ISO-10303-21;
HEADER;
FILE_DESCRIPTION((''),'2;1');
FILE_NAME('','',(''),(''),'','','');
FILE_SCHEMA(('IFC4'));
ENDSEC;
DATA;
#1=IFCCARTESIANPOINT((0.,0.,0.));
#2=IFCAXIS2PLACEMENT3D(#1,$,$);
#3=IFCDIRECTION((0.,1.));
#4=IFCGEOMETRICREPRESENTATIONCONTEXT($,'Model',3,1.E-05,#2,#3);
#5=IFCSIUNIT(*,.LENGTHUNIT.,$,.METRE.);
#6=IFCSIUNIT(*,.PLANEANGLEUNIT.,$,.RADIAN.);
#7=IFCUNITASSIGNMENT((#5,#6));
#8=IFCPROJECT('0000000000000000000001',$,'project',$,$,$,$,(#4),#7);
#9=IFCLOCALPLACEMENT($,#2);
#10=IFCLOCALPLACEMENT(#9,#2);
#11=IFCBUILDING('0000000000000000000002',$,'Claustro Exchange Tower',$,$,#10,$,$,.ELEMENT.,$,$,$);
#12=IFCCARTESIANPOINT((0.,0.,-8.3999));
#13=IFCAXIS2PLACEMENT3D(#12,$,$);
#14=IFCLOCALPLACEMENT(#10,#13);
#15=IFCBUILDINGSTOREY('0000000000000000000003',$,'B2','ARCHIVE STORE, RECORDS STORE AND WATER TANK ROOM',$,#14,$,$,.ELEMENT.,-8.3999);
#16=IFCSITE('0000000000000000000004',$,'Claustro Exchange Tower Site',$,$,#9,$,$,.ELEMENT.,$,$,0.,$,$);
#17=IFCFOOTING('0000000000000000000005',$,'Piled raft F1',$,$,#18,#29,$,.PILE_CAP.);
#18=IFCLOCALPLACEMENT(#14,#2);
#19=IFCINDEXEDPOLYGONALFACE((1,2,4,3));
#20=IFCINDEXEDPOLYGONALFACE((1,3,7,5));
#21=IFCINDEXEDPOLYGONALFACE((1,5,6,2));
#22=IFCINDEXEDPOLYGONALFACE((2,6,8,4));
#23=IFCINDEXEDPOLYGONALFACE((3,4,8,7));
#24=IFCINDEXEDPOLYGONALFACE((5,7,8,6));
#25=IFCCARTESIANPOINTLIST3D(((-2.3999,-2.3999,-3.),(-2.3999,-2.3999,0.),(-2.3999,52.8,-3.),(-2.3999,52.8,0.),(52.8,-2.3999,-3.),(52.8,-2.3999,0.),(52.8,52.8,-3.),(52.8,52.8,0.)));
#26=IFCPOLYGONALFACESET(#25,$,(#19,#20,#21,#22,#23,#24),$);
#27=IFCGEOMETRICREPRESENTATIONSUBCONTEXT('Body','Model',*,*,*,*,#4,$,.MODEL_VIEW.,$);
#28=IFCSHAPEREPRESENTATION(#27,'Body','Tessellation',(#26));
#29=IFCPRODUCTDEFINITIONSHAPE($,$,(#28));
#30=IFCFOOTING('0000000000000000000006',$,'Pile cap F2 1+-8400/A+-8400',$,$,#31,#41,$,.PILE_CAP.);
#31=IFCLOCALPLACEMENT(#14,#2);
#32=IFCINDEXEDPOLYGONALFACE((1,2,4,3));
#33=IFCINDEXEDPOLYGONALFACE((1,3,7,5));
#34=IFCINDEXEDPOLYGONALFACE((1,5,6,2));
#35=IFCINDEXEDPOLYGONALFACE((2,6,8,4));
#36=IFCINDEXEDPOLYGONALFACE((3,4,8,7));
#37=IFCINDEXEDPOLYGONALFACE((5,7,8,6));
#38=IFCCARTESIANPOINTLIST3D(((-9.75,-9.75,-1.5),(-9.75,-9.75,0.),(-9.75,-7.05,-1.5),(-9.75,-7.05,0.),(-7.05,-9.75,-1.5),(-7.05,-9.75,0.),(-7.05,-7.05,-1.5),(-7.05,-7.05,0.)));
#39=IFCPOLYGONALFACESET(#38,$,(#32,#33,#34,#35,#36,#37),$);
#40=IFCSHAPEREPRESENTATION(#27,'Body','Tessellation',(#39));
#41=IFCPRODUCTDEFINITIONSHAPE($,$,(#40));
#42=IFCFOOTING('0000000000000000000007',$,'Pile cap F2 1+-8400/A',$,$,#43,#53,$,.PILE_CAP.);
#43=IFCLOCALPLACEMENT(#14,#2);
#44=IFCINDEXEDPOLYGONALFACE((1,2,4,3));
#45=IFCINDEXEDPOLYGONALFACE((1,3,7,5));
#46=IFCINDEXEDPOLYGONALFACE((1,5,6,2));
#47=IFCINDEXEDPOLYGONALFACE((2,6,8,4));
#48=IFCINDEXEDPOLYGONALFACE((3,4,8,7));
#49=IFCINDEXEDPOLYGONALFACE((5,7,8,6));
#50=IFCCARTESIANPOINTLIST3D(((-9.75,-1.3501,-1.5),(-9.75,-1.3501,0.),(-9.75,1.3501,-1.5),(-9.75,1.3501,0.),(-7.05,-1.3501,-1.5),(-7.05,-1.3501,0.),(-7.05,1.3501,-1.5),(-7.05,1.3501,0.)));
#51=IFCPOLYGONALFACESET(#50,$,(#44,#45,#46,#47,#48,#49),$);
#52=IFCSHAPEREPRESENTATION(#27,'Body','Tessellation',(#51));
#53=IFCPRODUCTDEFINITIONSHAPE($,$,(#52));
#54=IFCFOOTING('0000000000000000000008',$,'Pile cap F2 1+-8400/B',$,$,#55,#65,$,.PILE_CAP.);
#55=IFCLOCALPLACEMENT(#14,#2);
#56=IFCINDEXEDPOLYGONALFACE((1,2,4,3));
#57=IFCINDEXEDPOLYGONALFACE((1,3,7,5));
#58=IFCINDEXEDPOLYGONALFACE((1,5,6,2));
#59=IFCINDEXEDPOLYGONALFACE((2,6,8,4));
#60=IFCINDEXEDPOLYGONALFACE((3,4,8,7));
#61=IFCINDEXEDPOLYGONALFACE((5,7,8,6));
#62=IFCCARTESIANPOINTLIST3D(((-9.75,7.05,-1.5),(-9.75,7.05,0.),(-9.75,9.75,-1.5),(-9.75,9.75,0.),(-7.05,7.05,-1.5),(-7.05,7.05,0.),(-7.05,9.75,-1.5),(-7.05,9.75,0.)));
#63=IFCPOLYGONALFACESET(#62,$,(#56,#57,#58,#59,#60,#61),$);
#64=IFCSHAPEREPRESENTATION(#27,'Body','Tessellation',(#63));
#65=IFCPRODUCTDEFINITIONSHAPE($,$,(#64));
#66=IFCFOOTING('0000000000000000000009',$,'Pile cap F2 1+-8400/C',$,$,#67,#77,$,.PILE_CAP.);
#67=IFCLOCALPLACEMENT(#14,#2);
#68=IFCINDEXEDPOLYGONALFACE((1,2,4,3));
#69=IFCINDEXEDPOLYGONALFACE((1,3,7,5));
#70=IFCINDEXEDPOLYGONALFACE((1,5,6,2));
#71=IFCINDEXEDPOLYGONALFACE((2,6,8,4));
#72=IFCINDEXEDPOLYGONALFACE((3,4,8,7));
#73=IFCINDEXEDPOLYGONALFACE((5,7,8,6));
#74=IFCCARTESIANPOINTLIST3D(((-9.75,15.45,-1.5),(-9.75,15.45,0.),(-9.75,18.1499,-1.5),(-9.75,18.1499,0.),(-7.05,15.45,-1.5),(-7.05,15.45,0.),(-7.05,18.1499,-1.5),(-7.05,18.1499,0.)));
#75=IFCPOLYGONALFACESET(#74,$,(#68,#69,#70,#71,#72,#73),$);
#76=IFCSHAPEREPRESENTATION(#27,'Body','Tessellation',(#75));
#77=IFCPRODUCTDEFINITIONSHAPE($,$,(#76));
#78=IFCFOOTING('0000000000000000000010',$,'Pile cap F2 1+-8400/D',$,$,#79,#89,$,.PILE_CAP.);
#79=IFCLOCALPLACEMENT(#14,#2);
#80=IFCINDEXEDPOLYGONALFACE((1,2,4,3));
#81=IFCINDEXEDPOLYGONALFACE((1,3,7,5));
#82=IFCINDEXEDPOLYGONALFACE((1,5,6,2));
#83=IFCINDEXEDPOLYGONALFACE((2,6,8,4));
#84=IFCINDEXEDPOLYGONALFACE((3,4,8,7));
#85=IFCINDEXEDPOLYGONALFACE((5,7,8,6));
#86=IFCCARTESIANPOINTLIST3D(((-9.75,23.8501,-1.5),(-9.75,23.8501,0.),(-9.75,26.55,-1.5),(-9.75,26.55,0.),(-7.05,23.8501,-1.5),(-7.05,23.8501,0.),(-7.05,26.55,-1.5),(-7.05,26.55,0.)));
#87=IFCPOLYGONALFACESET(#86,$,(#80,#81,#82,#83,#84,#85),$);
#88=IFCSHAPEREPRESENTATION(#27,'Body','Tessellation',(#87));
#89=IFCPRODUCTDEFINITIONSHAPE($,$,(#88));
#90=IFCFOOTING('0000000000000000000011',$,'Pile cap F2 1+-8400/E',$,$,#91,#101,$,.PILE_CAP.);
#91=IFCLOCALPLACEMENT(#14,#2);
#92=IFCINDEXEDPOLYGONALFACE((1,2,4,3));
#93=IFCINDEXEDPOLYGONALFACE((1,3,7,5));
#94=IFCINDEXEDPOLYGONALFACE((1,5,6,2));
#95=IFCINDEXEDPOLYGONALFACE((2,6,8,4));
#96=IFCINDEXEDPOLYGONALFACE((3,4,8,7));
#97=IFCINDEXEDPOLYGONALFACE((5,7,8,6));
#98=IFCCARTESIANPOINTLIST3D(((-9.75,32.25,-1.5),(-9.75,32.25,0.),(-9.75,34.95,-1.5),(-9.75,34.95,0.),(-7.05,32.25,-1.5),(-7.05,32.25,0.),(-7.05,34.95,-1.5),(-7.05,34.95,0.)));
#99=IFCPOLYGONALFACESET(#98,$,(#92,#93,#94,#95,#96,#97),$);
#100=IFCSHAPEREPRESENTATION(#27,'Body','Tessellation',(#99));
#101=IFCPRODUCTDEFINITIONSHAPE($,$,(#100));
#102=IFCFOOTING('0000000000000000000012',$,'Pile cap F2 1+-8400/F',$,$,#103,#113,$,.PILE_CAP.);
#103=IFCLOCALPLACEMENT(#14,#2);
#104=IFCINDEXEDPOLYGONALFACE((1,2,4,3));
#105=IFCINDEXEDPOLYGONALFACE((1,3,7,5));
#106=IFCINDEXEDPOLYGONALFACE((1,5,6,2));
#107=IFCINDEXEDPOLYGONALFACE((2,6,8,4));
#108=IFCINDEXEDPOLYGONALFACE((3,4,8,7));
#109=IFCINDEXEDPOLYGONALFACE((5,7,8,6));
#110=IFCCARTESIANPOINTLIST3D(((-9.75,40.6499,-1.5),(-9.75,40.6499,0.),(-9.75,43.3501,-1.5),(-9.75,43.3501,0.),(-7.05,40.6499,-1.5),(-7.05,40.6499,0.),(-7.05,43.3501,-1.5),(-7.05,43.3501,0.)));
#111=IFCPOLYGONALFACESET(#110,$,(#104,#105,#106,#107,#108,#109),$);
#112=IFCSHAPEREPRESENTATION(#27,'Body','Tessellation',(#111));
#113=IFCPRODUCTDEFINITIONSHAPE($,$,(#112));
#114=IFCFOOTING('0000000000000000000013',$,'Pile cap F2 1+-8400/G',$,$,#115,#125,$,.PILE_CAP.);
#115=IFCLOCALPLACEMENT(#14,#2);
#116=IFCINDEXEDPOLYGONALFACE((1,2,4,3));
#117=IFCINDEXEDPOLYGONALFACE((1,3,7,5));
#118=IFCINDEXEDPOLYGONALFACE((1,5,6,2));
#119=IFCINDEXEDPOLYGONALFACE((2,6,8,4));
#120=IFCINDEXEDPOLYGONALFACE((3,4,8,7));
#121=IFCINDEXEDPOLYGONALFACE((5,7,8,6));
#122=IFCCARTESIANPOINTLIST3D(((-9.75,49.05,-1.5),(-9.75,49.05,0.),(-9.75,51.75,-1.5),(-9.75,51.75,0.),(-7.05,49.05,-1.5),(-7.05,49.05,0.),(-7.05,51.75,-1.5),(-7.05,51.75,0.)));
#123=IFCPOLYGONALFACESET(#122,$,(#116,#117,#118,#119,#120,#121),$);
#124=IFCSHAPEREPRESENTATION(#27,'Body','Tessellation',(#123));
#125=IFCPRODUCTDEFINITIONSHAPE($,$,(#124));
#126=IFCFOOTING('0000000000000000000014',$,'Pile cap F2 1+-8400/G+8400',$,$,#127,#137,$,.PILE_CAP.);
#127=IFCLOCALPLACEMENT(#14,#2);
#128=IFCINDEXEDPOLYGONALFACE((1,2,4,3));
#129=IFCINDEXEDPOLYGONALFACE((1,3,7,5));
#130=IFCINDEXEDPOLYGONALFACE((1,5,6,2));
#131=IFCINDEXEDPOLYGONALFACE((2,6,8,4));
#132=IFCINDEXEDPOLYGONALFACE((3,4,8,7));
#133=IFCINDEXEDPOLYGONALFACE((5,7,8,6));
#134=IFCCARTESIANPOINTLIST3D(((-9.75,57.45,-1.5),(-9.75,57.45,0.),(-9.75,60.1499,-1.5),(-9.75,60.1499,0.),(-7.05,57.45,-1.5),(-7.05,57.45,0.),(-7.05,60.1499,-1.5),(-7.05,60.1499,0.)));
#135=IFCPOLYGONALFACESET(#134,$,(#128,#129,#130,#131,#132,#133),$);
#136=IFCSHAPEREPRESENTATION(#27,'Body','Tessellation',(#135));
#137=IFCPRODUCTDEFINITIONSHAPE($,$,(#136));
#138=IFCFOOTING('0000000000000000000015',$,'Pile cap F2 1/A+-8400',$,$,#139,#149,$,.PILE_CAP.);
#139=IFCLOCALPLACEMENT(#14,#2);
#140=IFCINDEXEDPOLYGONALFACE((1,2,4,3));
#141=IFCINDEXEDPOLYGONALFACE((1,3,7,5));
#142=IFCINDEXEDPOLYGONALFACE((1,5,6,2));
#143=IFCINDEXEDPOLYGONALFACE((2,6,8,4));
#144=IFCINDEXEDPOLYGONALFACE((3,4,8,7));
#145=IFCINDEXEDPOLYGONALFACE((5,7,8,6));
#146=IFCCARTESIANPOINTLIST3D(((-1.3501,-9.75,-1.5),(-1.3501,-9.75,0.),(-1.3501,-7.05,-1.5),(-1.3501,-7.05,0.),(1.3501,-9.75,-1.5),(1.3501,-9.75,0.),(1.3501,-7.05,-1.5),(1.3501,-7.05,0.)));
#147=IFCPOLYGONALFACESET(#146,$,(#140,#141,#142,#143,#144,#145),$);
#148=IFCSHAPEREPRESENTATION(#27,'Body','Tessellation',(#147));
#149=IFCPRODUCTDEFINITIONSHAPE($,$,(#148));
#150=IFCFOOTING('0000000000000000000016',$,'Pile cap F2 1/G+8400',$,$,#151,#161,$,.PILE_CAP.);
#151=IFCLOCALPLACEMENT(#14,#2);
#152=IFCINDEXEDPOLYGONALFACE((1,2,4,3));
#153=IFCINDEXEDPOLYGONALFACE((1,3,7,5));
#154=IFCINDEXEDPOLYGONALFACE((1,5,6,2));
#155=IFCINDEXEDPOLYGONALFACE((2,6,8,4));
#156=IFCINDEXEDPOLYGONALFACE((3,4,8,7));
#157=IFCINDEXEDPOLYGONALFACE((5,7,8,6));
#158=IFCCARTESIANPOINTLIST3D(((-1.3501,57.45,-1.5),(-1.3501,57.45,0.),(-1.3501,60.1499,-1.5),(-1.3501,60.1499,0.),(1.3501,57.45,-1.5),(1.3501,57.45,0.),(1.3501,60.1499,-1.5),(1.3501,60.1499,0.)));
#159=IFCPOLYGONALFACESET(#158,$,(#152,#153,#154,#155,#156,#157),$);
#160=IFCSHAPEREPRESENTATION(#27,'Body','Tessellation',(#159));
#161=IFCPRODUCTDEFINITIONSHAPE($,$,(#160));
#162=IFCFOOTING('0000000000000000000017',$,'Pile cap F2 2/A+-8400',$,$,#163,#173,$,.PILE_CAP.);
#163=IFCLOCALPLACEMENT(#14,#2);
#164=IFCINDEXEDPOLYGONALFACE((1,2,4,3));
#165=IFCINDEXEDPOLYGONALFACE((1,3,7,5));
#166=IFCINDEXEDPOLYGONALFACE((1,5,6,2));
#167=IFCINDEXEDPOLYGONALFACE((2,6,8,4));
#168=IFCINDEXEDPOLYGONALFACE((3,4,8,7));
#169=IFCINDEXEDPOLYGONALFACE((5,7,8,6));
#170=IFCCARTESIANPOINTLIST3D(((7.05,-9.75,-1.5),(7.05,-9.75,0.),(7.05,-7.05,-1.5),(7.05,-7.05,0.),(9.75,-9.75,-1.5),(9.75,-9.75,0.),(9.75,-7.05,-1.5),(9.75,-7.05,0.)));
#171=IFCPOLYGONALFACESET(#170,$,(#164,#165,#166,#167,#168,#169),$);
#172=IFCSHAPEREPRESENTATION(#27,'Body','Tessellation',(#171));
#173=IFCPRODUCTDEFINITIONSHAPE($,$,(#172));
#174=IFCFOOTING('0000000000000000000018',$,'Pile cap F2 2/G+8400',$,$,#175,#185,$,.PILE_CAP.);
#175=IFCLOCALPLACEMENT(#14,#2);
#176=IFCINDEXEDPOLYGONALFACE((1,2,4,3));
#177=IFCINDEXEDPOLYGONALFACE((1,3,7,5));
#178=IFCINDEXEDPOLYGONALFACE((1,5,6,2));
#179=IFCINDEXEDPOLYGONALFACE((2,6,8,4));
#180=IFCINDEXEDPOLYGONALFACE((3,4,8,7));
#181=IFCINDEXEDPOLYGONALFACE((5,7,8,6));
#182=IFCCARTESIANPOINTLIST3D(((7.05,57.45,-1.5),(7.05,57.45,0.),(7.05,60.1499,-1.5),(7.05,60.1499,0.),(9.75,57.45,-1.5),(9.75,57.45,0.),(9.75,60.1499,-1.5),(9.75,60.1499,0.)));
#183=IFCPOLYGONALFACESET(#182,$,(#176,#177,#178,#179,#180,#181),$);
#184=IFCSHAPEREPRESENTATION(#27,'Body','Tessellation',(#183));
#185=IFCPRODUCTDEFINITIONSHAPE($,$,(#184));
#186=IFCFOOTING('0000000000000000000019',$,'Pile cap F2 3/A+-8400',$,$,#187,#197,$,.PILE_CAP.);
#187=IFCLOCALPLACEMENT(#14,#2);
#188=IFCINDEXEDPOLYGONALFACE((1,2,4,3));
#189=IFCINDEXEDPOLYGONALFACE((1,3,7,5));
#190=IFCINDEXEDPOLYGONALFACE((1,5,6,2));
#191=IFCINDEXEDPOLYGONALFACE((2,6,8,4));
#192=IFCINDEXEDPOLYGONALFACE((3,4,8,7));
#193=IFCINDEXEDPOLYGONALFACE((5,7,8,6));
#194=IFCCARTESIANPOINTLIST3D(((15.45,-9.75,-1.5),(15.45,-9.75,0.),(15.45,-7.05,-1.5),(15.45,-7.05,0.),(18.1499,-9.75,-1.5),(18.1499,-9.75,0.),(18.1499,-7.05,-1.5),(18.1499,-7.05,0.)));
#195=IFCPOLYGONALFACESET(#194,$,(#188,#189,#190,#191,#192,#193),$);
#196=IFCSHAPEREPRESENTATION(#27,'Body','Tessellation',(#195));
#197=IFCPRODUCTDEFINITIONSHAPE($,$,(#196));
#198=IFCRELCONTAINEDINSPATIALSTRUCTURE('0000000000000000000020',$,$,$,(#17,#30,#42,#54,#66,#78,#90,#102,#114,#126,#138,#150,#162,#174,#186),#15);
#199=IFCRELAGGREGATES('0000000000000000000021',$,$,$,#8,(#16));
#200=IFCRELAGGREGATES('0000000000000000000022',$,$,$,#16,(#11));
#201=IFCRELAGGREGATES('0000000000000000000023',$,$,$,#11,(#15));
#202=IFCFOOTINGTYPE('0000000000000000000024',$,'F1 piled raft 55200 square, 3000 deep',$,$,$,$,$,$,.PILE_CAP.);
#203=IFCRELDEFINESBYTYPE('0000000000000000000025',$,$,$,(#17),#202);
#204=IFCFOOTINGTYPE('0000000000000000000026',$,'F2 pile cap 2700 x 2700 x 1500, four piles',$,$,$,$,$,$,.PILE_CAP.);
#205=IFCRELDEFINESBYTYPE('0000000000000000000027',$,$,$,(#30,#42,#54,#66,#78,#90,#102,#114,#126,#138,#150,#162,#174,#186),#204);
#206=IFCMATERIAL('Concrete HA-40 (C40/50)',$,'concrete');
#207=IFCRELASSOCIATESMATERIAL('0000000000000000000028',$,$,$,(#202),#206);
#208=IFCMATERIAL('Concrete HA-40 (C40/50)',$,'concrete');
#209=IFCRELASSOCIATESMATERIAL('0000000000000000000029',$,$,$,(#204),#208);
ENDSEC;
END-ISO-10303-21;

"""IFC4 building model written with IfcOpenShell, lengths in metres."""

from ifc_helpers import new_model, si_unit, direction, frame, origin, place, context, subcontext, project, spatial, polyline, outline, extrude, material, type_object, element, save


model = new_model("IFC4")

# Units and contexts
model_context = context("Model", 3, precision=1e-05, world=origin(), true_north=direction((0.0, 1.0)))
body_context = subcontext(model_context, "Body", "Model", "MODEL_VIEW")
ifc_project = project(units=[si_unit("LENGTHUNIT", "METRE"), si_unit("PLANEANGLEUNIT", "RADIAN")], contexts=[model_context])

# Site, building, storey
site_placement = place(None, origin())
site = spatial("IfcSite", under=ifc_project, at=site_placement, Name="Claustro Exchange Tower Site", CompositionType="ELEMENT", RefElevation=0.0)
building_placement = place(site_placement, origin())
building = spatial("IfcBuilding", under=site, at=building_placement, Name="Claustro Exchange Tower", CompositionType="ELEMENT")
storey_placement = place(building_placement, frame((0.0, 0.0, -8.3999)))
storey = spatial("IfcBuildingStorey", under=building, at=storey_placement, Name="B2", Description="ARCHIVE STORE, RECORDS STORE AND WATER TANK ROOM", CompositionType="ELEMENT", Elevation=-8.3999)

# Footings
ifc_material_1 = material(Name="Concrete HA-40 (C40/50)", Category="concrete")
footing_type_1 = type_object("IfcFootingType", Name="F1 piled raft 55200 square, 3000 deep", PredefinedType="PILE_CAP", material=ifc_material_1)
footing_1_placement = place(storey_placement, frame((0.0, 0.0, -3.0)))
element("IfcFooting", 1, at=footing_1_placement, inside=storey, type_object=footing_type_1, Name="Piled raft F1", PredefinedType="PILE_CAP", context=body_context, shape_type="SweptSolid", body=[
    extrude(outline(polyline([(52.8, -2.3999), (52.8, 52.8), (-2.3999, 52.8), (-2.3999, -2.3999), (52.8, -2.3999)])), origin(), (0.0, 0.0, 1.0), 3.0),
])
ifc_material_2 = material(Name="Concrete HA-40 (C40/50)", Category="concrete")
footing_type_2 = type_object("IfcFootingType", Name="F2 pile cap 2700 x 2700 x 1500, four piles", PredefinedType="PILE_CAP", material=ifc_material_2)
footing_2_placement = place(storey_placement, frame((0.0, 0.0, -1.5)))
element("IfcFooting", 2, at=footing_2_placement, inside=storey, type_object=footing_type_2, Name="Pile cap F2 1+-8400/A+-8400", PredefinedType="PILE_CAP", context=body_context, shape_type="SweptSolid", body=[
    extrude(outline(polyline([(-7.05, -9.75), (-7.05, -7.05), (-9.75, -7.05), (-9.75, -9.75), (-7.05, -9.75)])), origin(), (0.0, 0.0, 1.0), 1.5),
])
footing_3_placement = place(storey_placement, frame((0.0, 0.0, -1.5)))
element("IfcFooting", 3, at=footing_3_placement, inside=storey, type_object=footing_type_2, Name="Pile cap F2 1+-8400/A", PredefinedType="PILE_CAP", context=body_context, shape_type="SweptSolid", body=[
    extrude(outline(polyline([(-7.05, -1.3501), (-7.05, 1.3501), (-9.75, 1.3501), (-9.75, -1.3501), (-7.05, -1.3501)])), origin(), (0.0, 0.0, 1.0), 1.5),
])
footing_4_placement = place(storey_placement, frame((0.0, 0.0, -1.5)))
element("IfcFooting", 4, at=footing_4_placement, inside=storey, type_object=footing_type_2, Name="Pile cap F2 1+-8400/B", PredefinedType="PILE_CAP", context=body_context, shape_type="SweptSolid", body=[
    extrude(outline(polyline([(-7.05, 7.05), (-7.05, 9.75), (-9.75, 9.75), (-9.75, 7.05), (-7.05, 7.05)])), origin(), (0.0, 0.0, 1.0), 1.5),
])
footing_5_placement = place(storey_placement, frame((0.0, 0.0, -1.5)))
element("IfcFooting", 5, at=footing_5_placement, inside=storey, type_object=footing_type_2, Name="Pile cap F2 1+-8400/C", PredefinedType="PILE_CAP", context=body_context, shape_type="SweptSolid", body=[
    extrude(outline(polyline([(-7.05, 15.45), (-7.05, 18.1499), (-9.75, 18.1499), (-9.75, 15.45), (-7.05, 15.45)])), origin(), (0.0, 0.0, 1.0), 1.5),
])
footing_6_placement = place(storey_placement, frame((0.0, 0.0, -1.5)))
element("IfcFooting", 6, at=footing_6_placement, inside=storey, type_object=footing_type_2, Name="Pile cap F2 1+-8400/D", PredefinedType="PILE_CAP", context=body_context, shape_type="SweptSolid", body=[
    extrude(outline(polyline([(-7.05, 23.8501), (-7.05, 26.55), (-9.75, 26.55), (-9.75, 23.8501), (-7.05, 23.8501)])), origin(), (0.0, 0.0, 1.0), 1.5),
])
footing_7_placement = place(storey_placement, frame((0.0, 0.0, -1.5)))
element("IfcFooting", 7, at=footing_7_placement, inside=storey, type_object=footing_type_2, Name="Pile cap F2 1+-8400/E", PredefinedType="PILE_CAP", context=body_context, shape_type="SweptSolid", body=[
    extrude(outline(polyline([(-7.05, 32.25), (-7.05, 34.95), (-9.75, 34.95), (-9.75, 32.25), (-7.05, 32.25)])), origin(), (0.0, 0.0, 1.0), 1.5),
])
footing_8_placement = place(storey_placement, frame((0.0, 0.0, -1.5)))
element("IfcFooting", 8, at=footing_8_placement, inside=storey, type_object=footing_type_2, Name="Pile cap F2 1+-8400/F", PredefinedType="PILE_CAP", context=body_context, shape_type="SweptSolid", body=[
    extrude(outline(polyline([(-7.05, 40.6499), (-7.05, 43.3501), (-9.75, 43.3501), (-9.75, 40.6499), (-7.05, 40.6499)])), origin(), (0.0, 0.0, 1.0), 1.5),
])
footing_9_placement = place(storey_placement, frame((0.0, 0.0, -1.5)))
element("IfcFooting", 9, at=footing_9_placement, inside=storey, type_object=footing_type_2, Name="Pile cap F2 1+-8400/G", PredefinedType="PILE_CAP", context=body_context, shape_type="SweptSolid", body=[
    extrude(outline(polyline([(-7.05, 49.05), (-7.05, 51.75), (-9.75, 51.75), (-9.75, 49.05), (-7.05, 49.05)])), origin(), (0.0, 0.0, 1.0), 1.5),
])
footing_10_placement = place(storey_placement, frame((0.0, 0.0, -1.5)))
element("IfcFooting", 10, at=footing_10_placement, inside=storey, type_object=footing_type_2, Name="Pile cap F2 1+-8400/G+8400", PredefinedType="PILE_CAP", context=body_context, shape_type="SweptSolid", body=[
    extrude(outline(polyline([(-7.05, 57.45), (-7.05, 60.1499), (-9.75, 60.1499), (-9.75, 57.45), (-7.05, 57.45)])), origin(), (0.0, 0.0, 1.0), 1.5),
])
footing_11_placement = place(storey_placement, frame((0.0, 0.0, -1.5)))
element("IfcFooting", 11, at=footing_11_placement, inside=storey, type_object=footing_type_2, Name="Pile cap F2 1/A+-8400", PredefinedType="PILE_CAP", context=body_context, shape_type="SweptSolid", body=[
    extrude(outline(polyline([(1.3501, -9.75), (1.3501, -7.05), (-1.3501, -7.05), (-1.3501, -9.75), (1.3501, -9.75)])), origin(), (0.0, 0.0, 1.0), 1.5),
])
footing_12_placement = place(storey_placement, frame((0.0, 0.0, -1.5)))
element("IfcFooting", 12, at=footing_12_placement, inside=storey, type_object=footing_type_2, Name="Pile cap F2 1/G+8400", PredefinedType="PILE_CAP", context=body_context, shape_type="SweptSolid", body=[
    extrude(outline(polyline([(1.3501, 57.45), (1.3501, 60.1499), (-1.3501, 60.1499), (-1.3501, 57.45), (1.3501, 57.45)])), origin(), (0.0, 0.0, 1.0), 1.5),
])
footing_13_placement = place(storey_placement, frame((0.0, 0.0, -1.5)))
element("IfcFooting", 13, at=footing_13_placement, inside=storey, type_object=footing_type_2, Name="Pile cap F2 2/A+-8400", PredefinedType="PILE_CAP", context=body_context, shape_type="SweptSolid", body=[
    extrude(outline(polyline([(9.75, -9.75), (9.75, -7.05), (7.05, -7.05), (7.05, -9.75), (9.75, -9.75)])), origin(), (0.0, 0.0, 1.0), 1.5),
])
footing_14_placement = place(storey_placement, frame((0.0, 0.0, -1.5)))
element("IfcFooting", 14, at=footing_14_placement, inside=storey, type_object=footing_type_2, Name="Pile cap F2 2/G+8400", PredefinedType="PILE_CAP", context=body_context, shape_type="SweptSolid", body=[
    extrude(outline(polyline([(9.75, 57.45), (9.75, 60.1499), (7.05, 60.1499), (7.05, 57.45), (9.75, 57.45)])), origin(), (0.0, 0.0, 1.0), 1.5),
])
footing_15_placement = place(storey_placement, frame((0.0, 0.0, -1.5)))
element("IfcFooting", 15, at=footing_15_placement, inside=storey, type_object=footing_type_2, Name="Pile cap F2 3/A+-8400", PredefinedType="PILE_CAP", context=body_context, shape_type="SweptSolid", body=[
    extrude(outline(polyline([(18.1499, -9.75), (18.1499, -7.05), (15.45, -7.05), (15.45, -9.75), (18.1499, -9.75)])), origin(), (0.0, 0.0, 1.0), 1.5),
])

save(model, "model.ifc")
